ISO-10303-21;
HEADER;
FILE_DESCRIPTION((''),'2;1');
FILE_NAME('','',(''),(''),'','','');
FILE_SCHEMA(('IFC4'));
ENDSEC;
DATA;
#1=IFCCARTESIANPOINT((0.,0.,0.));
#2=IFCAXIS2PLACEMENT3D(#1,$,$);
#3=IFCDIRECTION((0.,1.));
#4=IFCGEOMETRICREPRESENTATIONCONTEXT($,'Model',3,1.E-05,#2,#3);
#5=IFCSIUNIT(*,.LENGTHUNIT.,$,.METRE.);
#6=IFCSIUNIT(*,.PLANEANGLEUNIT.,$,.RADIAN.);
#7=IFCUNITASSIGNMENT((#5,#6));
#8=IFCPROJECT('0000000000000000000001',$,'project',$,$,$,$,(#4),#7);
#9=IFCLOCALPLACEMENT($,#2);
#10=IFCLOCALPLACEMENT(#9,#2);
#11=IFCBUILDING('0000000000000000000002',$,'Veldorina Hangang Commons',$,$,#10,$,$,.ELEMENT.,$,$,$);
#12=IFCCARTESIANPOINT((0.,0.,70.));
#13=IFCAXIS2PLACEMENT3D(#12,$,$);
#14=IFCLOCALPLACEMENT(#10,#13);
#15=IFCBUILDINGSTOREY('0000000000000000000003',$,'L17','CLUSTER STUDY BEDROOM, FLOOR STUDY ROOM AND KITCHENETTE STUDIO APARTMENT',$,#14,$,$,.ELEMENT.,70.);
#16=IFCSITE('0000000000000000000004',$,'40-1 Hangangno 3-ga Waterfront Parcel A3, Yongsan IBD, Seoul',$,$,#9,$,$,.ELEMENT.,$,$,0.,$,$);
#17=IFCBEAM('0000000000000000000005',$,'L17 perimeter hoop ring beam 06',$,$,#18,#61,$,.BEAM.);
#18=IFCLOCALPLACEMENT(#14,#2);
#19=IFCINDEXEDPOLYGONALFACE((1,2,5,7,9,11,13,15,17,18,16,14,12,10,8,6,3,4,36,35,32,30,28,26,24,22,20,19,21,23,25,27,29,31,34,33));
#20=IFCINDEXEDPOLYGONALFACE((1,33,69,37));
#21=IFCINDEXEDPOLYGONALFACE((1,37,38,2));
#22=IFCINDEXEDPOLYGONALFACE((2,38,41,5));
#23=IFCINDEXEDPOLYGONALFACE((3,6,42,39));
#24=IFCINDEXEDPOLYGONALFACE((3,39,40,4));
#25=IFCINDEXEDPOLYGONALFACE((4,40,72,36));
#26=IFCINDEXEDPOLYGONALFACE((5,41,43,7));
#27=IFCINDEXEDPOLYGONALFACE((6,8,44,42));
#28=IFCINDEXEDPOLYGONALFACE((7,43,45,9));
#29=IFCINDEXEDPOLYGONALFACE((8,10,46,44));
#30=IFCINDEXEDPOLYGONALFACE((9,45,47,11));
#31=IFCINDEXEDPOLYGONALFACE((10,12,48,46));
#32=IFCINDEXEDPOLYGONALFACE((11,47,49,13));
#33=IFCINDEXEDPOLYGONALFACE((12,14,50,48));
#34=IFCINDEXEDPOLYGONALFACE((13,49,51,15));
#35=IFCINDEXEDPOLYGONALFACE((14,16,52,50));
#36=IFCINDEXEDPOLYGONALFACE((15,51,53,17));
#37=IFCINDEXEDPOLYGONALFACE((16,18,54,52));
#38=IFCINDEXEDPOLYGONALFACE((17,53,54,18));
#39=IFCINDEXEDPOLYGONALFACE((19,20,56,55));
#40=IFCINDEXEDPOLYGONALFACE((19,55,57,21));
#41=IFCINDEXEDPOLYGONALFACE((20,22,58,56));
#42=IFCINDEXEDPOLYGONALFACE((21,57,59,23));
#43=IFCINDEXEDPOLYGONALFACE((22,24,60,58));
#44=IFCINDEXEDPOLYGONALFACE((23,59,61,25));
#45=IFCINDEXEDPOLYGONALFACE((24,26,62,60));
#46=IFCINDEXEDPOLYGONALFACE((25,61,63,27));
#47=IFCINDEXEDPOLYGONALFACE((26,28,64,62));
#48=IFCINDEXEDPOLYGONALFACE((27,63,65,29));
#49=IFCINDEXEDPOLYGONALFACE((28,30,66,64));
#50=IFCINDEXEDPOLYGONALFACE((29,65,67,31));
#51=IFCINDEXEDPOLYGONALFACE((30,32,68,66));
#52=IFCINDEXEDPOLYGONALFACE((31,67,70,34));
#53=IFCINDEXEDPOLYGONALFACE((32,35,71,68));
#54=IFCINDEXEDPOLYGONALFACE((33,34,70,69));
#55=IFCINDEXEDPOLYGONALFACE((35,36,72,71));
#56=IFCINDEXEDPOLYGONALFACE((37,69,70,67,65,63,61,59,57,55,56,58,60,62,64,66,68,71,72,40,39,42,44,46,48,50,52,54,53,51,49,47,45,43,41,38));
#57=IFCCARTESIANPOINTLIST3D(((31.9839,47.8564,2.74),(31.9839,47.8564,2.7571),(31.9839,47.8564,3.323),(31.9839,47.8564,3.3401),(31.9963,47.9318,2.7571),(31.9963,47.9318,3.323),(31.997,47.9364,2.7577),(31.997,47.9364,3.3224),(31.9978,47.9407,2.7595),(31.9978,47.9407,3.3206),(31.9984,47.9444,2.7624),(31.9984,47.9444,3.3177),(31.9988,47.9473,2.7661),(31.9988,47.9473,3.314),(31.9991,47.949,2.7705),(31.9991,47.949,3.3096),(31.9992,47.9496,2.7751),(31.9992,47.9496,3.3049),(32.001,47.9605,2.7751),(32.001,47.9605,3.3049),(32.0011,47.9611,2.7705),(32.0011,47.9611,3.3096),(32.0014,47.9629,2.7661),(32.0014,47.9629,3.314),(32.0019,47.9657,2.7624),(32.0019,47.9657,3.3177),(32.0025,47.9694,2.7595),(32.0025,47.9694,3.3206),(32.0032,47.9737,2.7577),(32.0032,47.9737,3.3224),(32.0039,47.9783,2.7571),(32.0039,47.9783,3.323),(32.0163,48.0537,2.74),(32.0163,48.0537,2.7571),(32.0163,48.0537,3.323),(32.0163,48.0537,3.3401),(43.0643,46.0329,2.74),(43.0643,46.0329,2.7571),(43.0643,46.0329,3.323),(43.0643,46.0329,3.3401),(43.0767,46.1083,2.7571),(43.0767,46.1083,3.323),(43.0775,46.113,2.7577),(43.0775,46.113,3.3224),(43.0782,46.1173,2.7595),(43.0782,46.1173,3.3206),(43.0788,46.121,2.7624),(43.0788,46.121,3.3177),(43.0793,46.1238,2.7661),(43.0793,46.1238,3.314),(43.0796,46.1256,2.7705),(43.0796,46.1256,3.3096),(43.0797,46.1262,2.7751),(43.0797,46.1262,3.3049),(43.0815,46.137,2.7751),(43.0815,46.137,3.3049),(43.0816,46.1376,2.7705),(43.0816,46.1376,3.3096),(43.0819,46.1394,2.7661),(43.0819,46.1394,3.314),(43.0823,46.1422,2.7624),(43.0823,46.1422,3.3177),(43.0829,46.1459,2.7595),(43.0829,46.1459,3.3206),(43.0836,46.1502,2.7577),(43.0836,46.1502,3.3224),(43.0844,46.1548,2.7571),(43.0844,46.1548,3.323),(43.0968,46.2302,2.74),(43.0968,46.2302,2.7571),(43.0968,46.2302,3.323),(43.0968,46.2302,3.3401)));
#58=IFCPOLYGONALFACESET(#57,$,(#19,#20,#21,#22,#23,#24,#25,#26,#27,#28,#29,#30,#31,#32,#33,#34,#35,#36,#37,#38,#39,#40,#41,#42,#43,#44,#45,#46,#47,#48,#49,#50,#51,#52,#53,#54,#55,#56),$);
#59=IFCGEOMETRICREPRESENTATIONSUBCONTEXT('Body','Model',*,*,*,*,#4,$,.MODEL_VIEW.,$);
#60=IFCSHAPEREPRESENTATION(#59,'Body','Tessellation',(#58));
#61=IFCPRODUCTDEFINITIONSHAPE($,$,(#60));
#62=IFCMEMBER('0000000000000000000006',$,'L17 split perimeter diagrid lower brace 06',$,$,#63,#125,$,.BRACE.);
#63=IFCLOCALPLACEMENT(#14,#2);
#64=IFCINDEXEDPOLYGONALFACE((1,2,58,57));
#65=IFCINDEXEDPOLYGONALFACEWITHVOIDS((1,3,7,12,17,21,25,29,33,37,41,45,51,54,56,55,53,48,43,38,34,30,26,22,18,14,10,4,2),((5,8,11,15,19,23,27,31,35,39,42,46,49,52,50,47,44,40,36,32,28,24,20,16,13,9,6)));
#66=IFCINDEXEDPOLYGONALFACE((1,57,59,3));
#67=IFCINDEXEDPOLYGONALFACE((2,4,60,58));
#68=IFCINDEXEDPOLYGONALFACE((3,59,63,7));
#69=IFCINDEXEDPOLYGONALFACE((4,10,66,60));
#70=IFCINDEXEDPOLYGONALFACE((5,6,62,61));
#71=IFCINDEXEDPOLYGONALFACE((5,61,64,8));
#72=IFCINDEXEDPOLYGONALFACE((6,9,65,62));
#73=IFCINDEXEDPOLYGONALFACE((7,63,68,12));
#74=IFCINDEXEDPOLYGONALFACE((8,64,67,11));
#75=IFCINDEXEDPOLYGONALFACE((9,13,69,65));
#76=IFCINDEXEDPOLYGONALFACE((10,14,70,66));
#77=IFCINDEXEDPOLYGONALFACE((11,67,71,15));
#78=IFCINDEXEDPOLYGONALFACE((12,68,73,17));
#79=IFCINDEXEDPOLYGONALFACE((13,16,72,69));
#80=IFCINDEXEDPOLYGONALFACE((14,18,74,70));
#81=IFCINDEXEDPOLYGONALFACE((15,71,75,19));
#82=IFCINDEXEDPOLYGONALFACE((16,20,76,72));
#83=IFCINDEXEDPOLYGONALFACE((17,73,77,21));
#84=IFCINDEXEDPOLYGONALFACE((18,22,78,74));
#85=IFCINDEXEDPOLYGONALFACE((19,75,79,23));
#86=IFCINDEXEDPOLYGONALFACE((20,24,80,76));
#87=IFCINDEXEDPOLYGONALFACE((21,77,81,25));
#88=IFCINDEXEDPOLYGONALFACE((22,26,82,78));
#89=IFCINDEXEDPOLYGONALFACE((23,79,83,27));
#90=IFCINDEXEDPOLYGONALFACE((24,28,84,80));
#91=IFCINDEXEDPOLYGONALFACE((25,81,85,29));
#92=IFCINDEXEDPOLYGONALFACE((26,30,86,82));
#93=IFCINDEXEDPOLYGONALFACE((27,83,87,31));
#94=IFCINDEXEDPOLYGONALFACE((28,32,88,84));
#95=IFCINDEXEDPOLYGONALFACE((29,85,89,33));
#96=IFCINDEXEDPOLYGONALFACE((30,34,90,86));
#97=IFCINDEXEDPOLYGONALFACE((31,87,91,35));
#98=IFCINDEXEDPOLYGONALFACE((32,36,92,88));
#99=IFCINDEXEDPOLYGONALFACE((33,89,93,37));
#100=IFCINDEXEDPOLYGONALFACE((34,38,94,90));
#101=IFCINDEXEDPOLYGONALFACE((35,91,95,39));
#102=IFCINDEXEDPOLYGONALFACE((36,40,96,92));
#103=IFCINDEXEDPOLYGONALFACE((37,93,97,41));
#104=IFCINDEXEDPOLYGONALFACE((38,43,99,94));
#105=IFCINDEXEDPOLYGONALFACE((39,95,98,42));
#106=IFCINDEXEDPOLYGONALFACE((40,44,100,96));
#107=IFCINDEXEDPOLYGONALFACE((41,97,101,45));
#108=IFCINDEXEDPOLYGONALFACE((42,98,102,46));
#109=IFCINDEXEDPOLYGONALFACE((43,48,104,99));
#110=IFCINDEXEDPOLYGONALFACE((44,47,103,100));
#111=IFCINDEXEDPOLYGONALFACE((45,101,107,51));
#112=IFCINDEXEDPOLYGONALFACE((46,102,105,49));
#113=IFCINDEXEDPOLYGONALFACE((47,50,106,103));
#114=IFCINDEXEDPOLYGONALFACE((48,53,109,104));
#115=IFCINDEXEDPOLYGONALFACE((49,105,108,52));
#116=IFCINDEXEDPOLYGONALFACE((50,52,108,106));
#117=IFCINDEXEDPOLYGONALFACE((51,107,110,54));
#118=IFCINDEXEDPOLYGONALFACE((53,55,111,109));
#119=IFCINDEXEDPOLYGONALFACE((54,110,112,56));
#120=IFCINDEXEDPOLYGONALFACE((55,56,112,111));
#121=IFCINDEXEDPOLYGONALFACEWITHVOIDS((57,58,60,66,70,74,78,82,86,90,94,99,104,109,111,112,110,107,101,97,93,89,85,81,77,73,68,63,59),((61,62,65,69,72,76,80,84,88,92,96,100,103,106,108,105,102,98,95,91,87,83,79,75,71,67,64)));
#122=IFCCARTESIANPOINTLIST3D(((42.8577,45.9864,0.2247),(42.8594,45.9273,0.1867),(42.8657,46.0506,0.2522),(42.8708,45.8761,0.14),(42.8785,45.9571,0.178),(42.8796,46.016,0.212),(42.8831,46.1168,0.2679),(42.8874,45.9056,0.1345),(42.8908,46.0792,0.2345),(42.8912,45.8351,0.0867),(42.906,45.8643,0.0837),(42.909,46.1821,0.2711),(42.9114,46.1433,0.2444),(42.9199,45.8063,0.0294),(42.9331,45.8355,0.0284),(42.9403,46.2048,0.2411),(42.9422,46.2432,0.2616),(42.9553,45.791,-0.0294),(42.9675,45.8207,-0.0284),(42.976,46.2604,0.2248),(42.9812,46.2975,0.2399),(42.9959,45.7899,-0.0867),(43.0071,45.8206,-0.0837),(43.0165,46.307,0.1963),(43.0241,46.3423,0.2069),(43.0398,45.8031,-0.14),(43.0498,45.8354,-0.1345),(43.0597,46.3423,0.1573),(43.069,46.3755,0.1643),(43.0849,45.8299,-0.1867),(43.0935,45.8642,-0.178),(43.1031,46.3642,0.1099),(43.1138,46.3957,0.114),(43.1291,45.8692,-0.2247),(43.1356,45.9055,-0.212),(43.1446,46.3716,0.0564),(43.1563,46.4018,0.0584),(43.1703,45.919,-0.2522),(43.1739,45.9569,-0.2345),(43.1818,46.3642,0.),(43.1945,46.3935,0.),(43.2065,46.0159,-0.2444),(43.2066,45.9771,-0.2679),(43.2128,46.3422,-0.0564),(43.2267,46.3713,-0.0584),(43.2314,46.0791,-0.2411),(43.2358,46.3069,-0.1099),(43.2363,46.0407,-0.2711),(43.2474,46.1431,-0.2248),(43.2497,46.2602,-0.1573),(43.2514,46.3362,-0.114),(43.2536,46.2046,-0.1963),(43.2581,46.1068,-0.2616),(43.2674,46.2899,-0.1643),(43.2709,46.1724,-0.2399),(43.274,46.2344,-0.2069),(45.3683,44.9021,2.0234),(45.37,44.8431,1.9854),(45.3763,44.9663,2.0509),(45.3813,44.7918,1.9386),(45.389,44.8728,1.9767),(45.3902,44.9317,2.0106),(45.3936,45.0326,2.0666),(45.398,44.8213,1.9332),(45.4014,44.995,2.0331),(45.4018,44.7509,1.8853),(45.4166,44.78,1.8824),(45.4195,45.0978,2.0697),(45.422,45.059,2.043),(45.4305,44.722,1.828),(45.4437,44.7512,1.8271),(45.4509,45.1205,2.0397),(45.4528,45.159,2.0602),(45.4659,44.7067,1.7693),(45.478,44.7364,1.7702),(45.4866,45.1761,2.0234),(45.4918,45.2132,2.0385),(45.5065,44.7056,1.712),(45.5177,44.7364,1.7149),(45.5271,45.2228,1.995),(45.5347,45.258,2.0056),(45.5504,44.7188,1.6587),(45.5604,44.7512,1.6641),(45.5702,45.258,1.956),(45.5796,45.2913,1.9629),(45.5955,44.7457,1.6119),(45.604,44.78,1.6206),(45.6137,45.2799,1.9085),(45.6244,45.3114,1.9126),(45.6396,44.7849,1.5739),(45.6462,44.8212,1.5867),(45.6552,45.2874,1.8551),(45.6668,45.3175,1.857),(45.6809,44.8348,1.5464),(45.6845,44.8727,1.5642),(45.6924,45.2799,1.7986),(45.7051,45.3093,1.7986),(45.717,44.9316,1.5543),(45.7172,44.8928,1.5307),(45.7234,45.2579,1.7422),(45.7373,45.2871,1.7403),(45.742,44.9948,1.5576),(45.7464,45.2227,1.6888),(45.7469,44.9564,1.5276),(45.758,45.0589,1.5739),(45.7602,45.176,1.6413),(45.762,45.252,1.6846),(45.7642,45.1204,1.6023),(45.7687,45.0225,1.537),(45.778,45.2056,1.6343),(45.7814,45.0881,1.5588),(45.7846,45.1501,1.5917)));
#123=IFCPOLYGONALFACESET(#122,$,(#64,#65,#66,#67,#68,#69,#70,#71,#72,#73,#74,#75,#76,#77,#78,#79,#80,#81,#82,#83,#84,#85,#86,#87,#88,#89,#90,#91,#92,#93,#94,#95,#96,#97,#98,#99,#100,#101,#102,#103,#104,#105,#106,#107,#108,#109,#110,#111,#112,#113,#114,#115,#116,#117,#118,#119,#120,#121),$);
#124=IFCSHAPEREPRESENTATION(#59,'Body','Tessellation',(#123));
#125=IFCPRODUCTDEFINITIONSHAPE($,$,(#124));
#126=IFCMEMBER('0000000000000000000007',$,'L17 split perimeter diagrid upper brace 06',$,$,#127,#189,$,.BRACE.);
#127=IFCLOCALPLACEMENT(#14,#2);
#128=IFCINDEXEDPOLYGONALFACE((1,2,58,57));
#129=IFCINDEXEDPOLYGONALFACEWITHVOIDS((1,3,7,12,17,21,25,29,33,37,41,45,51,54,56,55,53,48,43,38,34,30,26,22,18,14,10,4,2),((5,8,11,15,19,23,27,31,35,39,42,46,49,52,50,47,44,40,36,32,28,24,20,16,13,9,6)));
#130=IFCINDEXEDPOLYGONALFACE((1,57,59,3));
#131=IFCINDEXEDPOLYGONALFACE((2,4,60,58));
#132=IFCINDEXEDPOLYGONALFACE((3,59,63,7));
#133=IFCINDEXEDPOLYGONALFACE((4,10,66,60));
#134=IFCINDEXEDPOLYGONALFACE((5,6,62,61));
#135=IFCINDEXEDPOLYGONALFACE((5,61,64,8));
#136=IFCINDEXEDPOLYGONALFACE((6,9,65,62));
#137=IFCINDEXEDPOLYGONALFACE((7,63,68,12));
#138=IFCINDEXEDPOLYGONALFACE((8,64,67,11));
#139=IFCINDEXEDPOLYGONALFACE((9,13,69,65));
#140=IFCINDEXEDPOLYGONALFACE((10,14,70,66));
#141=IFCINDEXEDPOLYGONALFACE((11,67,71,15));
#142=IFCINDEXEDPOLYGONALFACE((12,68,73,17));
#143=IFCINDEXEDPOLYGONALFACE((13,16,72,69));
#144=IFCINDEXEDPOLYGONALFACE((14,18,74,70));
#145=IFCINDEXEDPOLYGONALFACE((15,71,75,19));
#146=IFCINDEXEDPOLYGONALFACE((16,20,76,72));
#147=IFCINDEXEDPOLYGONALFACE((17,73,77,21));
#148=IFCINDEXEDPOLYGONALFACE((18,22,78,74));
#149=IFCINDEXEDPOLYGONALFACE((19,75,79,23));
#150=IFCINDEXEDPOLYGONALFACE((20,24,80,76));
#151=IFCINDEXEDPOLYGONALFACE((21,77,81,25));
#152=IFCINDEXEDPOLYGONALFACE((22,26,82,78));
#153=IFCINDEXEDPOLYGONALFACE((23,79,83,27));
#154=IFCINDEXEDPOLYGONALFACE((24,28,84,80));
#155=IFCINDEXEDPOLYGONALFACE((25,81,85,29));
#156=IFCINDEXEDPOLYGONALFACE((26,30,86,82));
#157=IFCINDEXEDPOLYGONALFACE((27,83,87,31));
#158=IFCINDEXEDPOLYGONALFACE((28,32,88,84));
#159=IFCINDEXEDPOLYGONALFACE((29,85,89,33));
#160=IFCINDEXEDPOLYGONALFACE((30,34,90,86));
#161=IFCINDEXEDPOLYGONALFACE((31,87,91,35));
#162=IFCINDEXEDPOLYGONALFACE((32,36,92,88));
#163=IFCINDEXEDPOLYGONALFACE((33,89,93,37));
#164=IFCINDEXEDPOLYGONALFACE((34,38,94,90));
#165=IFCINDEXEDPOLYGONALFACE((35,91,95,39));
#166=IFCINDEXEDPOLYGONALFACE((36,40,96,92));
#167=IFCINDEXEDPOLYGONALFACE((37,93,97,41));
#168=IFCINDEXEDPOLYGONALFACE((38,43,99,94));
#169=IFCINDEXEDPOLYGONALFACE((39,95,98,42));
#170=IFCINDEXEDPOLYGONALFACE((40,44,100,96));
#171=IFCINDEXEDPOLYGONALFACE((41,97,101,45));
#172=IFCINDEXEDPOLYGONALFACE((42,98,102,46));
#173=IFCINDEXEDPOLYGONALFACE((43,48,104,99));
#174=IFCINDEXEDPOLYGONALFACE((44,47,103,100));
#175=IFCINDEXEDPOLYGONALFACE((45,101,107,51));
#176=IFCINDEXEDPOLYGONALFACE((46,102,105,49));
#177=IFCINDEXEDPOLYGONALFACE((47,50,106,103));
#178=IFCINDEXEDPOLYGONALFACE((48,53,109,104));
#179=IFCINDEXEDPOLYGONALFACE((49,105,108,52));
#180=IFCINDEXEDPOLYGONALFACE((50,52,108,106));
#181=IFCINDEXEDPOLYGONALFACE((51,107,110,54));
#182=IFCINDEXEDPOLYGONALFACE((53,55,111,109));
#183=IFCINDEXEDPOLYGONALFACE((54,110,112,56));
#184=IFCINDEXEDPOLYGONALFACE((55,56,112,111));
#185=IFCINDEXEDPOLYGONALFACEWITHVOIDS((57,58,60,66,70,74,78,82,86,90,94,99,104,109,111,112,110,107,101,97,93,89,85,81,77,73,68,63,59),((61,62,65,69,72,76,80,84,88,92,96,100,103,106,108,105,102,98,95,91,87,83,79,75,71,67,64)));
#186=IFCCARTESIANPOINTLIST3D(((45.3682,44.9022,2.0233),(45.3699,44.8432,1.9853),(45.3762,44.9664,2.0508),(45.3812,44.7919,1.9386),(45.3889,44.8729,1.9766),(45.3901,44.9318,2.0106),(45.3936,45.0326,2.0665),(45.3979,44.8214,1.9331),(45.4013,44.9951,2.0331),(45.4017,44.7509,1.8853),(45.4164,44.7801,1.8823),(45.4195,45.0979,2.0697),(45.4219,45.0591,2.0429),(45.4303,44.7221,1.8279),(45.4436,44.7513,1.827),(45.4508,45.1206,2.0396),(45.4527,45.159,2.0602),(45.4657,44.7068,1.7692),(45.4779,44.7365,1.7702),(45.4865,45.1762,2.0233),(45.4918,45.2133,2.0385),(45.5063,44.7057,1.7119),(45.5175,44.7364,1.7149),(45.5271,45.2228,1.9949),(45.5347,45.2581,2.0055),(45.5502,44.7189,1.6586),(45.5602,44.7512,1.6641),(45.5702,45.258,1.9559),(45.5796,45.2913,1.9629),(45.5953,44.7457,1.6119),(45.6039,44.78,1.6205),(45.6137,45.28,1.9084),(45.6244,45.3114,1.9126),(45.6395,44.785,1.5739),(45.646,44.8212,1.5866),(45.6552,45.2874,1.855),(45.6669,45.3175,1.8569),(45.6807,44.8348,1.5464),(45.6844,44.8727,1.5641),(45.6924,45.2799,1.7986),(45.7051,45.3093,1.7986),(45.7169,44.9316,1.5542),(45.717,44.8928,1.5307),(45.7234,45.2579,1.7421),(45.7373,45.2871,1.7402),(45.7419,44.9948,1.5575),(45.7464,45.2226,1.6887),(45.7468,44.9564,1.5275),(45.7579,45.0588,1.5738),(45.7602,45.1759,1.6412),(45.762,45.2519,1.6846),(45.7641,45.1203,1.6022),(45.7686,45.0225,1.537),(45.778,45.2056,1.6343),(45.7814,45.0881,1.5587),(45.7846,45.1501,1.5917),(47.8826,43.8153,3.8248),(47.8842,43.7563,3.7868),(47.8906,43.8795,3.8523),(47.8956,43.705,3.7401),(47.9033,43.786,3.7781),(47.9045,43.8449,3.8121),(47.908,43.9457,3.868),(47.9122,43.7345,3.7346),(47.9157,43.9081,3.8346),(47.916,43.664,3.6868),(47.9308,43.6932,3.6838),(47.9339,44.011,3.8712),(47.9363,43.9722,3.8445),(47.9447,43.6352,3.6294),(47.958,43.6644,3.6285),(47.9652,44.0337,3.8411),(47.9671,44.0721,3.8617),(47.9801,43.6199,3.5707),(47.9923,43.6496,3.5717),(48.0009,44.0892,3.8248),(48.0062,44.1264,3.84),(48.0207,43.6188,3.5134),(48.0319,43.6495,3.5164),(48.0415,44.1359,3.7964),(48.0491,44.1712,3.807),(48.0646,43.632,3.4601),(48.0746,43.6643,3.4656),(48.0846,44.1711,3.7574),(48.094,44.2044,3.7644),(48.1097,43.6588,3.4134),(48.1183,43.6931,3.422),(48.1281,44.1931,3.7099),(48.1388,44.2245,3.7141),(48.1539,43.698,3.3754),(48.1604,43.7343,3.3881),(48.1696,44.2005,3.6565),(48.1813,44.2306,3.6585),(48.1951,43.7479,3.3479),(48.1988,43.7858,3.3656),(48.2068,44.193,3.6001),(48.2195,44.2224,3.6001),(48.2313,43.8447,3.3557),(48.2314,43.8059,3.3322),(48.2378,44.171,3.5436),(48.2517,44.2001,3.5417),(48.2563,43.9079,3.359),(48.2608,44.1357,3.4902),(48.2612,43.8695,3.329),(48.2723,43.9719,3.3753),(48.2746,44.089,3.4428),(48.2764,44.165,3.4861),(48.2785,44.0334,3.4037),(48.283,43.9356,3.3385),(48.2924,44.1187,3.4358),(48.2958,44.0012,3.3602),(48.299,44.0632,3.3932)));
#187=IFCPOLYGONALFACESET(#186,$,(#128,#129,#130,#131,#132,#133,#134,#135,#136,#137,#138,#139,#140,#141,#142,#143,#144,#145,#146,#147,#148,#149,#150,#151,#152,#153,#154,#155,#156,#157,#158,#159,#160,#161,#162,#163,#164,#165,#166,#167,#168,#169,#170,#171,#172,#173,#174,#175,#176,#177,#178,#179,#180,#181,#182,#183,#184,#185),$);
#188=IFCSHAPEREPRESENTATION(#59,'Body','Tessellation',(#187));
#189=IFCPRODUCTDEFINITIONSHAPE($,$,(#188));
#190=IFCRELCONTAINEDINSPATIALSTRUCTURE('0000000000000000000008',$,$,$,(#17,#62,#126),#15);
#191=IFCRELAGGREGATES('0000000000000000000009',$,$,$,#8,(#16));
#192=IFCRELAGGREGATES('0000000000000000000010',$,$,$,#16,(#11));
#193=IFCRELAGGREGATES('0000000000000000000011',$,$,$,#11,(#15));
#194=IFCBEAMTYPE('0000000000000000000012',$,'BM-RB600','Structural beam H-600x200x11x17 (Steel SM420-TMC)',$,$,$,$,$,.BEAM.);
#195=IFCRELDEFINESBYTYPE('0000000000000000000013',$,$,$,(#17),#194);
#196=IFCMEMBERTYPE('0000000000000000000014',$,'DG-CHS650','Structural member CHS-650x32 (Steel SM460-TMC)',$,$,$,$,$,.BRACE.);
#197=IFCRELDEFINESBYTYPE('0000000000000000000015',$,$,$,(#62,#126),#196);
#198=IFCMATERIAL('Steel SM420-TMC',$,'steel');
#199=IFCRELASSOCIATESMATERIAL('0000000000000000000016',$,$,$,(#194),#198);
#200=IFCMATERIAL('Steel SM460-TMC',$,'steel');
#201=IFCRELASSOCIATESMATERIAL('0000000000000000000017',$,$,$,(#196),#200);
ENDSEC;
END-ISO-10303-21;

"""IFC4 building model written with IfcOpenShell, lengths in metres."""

from ifc_helpers import new_model, si_unit, direction, frame, origin, origin_2d, place, context, subcontext, project, spatial, hollow_circle, i_section, extrude, material, material_profile, profile_set, type_object, element, save


model = new_model("IFC4")

# Units and contexts
model_context = context("Model", 3, precision=1e-05, world=origin(), true_north=direction((0.0, 1.0)))
body_context = subcontext(model_context, "Body", "Model", "MODEL_VIEW")
ifc_project = project(units=[si_unit("LENGTHUNIT", "METRE"), si_unit("PLANEANGLEUNIT", "RADIAN")], contexts=[model_context])

# Site, building, storey
site_placement = place(None, origin())
site = spatial("IfcSite", under=ifc_project, at=site_placement, Name="40-1 Hangangno 3-ga Waterfront Parcel A3, Yongsan IBD, Seoul", CompositionType="ELEMENT", RefElevation=0.0)
building_placement = place(site_placement, origin())
building = spatial("IfcBuilding", under=site, at=building_placement, Name="Veldorina Hangang Commons", CompositionType="ELEMENT")
storey_placement = place(building_placement, frame((0.0, 0.0, 70.0)))
storey = spatial("IfcBuildingStorey", under=building, at=storey_placement, Name="L17", Description="CLUSTER STUDY BEDROOM, FLOOR STUDY ROOM AND KITCHENETTE STUDIO APARTMENT", CompositionType="ELEMENT", Elevation=70.0)

# Beam
ifc_material_1 = material(Name="Steel SM420-TMC", Category="steel")
ifc_material_profile_1 = material_profile(ifc_material_1, i_section(OverallWidth=0.2, OverallDepth=0.6001, WebThickness=0.011, FlangeThickness=0.0171, FilletRadius=0.0181, at=origin_2d()), Name="H-600x200x11x17")
ifc_profile_set_1 = profile_set([ifc_material_profile_1], Name="Steel SM420-TMC")
beam_type = type_object("IfcBeamType", Name="BM-RB600", Description="Structural beam H-600x200x11x17 (Steel SM420-TMC)", PredefinedType="BEAM", material=ifc_profile_set_1)
beam_placement = place(storey_placement, frame((43.0806, 46.1316, 3.04), z_axis=(-0.986728, 0.162382, 0.0), x_axis=(-0.162382, -0.986728, 0.0)))
element("IfcBeam", 1, at=beam_placement, inside=storey, type_object=beam_type, Name="L17 perimeter hoop ring beam 06", PredefinedType="BEAM", context=body_context, shape_type="SweptSolid", body=[
    extrude(i_section(OverallWidth=0.2, OverallDepth=0.6001, WebThickness=0.011, FlangeThickness=0.0171, FilletRadius=0.0181, at=origin_2d()), origin(), (0.0, 0.0, 1.0), 11.2295),
])

# Members
ifc_material_2 = material(Name="Steel SM460-TMC", Category="steel")
ifc_material_profile_2 = material_profile(ifc_material_2, hollow_circle(Radius=0.325, WallThickness=0.032, at=origin_2d()), Name="CHS-650x32")
ifc_profile_set_2 = profile_set([ifc_material_profile_2], Name="Steel SM460-TMC")
member_type = type_object("IfcMemberType", Name="DG-CHS650", Description="Structural member CHS-650x32 (Steel SM460-TMC)", PredefinedType="BRACE", material=ifc_profile_set_2)
member_1_placement = place(storey_placement, frame((43.0657, 46.0952, 0.0), z_axis=(0.767014, -0.331256, 0.549508), x_axis=(0.396482, 0.918042, 0.0)))
element("IfcMember", 2, at=member_1_placement, inside=storey, type_object=member_type, Name="L17 split perimeter diagrid lower brace 06", PredefinedType="BRACE", context=body_context, shape_type="SweptSolid", body=[
    extrude(hollow_circle(Radius=0.325, WallThickness=0.032, at=origin_2d()), origin(), (0.0, 0.0, 1.0), 3.2732),
])
member_2_placement = place(storey_placement, frame((45.5762, 45.011, 1.7986), z_axis=(0.76692, -0.33152, 0.54948), x_axis=(0.396789, 0.91791, 0.0)))
element("IfcMember", 3, at=member_2_placement, inside=storey, type_object=member_type, Name="L17 split perimeter diagrid upper brace 06", PredefinedType="BRACE", context=body_context, shape_type="SweptSolid", body=[
    extrude(hollow_circle(Radius=0.325, WallThickness=0.032, at=origin_2d()), origin(), (0.0, 0.0, 1.0), 3.2786),
])

save(model, "model.ifc")
